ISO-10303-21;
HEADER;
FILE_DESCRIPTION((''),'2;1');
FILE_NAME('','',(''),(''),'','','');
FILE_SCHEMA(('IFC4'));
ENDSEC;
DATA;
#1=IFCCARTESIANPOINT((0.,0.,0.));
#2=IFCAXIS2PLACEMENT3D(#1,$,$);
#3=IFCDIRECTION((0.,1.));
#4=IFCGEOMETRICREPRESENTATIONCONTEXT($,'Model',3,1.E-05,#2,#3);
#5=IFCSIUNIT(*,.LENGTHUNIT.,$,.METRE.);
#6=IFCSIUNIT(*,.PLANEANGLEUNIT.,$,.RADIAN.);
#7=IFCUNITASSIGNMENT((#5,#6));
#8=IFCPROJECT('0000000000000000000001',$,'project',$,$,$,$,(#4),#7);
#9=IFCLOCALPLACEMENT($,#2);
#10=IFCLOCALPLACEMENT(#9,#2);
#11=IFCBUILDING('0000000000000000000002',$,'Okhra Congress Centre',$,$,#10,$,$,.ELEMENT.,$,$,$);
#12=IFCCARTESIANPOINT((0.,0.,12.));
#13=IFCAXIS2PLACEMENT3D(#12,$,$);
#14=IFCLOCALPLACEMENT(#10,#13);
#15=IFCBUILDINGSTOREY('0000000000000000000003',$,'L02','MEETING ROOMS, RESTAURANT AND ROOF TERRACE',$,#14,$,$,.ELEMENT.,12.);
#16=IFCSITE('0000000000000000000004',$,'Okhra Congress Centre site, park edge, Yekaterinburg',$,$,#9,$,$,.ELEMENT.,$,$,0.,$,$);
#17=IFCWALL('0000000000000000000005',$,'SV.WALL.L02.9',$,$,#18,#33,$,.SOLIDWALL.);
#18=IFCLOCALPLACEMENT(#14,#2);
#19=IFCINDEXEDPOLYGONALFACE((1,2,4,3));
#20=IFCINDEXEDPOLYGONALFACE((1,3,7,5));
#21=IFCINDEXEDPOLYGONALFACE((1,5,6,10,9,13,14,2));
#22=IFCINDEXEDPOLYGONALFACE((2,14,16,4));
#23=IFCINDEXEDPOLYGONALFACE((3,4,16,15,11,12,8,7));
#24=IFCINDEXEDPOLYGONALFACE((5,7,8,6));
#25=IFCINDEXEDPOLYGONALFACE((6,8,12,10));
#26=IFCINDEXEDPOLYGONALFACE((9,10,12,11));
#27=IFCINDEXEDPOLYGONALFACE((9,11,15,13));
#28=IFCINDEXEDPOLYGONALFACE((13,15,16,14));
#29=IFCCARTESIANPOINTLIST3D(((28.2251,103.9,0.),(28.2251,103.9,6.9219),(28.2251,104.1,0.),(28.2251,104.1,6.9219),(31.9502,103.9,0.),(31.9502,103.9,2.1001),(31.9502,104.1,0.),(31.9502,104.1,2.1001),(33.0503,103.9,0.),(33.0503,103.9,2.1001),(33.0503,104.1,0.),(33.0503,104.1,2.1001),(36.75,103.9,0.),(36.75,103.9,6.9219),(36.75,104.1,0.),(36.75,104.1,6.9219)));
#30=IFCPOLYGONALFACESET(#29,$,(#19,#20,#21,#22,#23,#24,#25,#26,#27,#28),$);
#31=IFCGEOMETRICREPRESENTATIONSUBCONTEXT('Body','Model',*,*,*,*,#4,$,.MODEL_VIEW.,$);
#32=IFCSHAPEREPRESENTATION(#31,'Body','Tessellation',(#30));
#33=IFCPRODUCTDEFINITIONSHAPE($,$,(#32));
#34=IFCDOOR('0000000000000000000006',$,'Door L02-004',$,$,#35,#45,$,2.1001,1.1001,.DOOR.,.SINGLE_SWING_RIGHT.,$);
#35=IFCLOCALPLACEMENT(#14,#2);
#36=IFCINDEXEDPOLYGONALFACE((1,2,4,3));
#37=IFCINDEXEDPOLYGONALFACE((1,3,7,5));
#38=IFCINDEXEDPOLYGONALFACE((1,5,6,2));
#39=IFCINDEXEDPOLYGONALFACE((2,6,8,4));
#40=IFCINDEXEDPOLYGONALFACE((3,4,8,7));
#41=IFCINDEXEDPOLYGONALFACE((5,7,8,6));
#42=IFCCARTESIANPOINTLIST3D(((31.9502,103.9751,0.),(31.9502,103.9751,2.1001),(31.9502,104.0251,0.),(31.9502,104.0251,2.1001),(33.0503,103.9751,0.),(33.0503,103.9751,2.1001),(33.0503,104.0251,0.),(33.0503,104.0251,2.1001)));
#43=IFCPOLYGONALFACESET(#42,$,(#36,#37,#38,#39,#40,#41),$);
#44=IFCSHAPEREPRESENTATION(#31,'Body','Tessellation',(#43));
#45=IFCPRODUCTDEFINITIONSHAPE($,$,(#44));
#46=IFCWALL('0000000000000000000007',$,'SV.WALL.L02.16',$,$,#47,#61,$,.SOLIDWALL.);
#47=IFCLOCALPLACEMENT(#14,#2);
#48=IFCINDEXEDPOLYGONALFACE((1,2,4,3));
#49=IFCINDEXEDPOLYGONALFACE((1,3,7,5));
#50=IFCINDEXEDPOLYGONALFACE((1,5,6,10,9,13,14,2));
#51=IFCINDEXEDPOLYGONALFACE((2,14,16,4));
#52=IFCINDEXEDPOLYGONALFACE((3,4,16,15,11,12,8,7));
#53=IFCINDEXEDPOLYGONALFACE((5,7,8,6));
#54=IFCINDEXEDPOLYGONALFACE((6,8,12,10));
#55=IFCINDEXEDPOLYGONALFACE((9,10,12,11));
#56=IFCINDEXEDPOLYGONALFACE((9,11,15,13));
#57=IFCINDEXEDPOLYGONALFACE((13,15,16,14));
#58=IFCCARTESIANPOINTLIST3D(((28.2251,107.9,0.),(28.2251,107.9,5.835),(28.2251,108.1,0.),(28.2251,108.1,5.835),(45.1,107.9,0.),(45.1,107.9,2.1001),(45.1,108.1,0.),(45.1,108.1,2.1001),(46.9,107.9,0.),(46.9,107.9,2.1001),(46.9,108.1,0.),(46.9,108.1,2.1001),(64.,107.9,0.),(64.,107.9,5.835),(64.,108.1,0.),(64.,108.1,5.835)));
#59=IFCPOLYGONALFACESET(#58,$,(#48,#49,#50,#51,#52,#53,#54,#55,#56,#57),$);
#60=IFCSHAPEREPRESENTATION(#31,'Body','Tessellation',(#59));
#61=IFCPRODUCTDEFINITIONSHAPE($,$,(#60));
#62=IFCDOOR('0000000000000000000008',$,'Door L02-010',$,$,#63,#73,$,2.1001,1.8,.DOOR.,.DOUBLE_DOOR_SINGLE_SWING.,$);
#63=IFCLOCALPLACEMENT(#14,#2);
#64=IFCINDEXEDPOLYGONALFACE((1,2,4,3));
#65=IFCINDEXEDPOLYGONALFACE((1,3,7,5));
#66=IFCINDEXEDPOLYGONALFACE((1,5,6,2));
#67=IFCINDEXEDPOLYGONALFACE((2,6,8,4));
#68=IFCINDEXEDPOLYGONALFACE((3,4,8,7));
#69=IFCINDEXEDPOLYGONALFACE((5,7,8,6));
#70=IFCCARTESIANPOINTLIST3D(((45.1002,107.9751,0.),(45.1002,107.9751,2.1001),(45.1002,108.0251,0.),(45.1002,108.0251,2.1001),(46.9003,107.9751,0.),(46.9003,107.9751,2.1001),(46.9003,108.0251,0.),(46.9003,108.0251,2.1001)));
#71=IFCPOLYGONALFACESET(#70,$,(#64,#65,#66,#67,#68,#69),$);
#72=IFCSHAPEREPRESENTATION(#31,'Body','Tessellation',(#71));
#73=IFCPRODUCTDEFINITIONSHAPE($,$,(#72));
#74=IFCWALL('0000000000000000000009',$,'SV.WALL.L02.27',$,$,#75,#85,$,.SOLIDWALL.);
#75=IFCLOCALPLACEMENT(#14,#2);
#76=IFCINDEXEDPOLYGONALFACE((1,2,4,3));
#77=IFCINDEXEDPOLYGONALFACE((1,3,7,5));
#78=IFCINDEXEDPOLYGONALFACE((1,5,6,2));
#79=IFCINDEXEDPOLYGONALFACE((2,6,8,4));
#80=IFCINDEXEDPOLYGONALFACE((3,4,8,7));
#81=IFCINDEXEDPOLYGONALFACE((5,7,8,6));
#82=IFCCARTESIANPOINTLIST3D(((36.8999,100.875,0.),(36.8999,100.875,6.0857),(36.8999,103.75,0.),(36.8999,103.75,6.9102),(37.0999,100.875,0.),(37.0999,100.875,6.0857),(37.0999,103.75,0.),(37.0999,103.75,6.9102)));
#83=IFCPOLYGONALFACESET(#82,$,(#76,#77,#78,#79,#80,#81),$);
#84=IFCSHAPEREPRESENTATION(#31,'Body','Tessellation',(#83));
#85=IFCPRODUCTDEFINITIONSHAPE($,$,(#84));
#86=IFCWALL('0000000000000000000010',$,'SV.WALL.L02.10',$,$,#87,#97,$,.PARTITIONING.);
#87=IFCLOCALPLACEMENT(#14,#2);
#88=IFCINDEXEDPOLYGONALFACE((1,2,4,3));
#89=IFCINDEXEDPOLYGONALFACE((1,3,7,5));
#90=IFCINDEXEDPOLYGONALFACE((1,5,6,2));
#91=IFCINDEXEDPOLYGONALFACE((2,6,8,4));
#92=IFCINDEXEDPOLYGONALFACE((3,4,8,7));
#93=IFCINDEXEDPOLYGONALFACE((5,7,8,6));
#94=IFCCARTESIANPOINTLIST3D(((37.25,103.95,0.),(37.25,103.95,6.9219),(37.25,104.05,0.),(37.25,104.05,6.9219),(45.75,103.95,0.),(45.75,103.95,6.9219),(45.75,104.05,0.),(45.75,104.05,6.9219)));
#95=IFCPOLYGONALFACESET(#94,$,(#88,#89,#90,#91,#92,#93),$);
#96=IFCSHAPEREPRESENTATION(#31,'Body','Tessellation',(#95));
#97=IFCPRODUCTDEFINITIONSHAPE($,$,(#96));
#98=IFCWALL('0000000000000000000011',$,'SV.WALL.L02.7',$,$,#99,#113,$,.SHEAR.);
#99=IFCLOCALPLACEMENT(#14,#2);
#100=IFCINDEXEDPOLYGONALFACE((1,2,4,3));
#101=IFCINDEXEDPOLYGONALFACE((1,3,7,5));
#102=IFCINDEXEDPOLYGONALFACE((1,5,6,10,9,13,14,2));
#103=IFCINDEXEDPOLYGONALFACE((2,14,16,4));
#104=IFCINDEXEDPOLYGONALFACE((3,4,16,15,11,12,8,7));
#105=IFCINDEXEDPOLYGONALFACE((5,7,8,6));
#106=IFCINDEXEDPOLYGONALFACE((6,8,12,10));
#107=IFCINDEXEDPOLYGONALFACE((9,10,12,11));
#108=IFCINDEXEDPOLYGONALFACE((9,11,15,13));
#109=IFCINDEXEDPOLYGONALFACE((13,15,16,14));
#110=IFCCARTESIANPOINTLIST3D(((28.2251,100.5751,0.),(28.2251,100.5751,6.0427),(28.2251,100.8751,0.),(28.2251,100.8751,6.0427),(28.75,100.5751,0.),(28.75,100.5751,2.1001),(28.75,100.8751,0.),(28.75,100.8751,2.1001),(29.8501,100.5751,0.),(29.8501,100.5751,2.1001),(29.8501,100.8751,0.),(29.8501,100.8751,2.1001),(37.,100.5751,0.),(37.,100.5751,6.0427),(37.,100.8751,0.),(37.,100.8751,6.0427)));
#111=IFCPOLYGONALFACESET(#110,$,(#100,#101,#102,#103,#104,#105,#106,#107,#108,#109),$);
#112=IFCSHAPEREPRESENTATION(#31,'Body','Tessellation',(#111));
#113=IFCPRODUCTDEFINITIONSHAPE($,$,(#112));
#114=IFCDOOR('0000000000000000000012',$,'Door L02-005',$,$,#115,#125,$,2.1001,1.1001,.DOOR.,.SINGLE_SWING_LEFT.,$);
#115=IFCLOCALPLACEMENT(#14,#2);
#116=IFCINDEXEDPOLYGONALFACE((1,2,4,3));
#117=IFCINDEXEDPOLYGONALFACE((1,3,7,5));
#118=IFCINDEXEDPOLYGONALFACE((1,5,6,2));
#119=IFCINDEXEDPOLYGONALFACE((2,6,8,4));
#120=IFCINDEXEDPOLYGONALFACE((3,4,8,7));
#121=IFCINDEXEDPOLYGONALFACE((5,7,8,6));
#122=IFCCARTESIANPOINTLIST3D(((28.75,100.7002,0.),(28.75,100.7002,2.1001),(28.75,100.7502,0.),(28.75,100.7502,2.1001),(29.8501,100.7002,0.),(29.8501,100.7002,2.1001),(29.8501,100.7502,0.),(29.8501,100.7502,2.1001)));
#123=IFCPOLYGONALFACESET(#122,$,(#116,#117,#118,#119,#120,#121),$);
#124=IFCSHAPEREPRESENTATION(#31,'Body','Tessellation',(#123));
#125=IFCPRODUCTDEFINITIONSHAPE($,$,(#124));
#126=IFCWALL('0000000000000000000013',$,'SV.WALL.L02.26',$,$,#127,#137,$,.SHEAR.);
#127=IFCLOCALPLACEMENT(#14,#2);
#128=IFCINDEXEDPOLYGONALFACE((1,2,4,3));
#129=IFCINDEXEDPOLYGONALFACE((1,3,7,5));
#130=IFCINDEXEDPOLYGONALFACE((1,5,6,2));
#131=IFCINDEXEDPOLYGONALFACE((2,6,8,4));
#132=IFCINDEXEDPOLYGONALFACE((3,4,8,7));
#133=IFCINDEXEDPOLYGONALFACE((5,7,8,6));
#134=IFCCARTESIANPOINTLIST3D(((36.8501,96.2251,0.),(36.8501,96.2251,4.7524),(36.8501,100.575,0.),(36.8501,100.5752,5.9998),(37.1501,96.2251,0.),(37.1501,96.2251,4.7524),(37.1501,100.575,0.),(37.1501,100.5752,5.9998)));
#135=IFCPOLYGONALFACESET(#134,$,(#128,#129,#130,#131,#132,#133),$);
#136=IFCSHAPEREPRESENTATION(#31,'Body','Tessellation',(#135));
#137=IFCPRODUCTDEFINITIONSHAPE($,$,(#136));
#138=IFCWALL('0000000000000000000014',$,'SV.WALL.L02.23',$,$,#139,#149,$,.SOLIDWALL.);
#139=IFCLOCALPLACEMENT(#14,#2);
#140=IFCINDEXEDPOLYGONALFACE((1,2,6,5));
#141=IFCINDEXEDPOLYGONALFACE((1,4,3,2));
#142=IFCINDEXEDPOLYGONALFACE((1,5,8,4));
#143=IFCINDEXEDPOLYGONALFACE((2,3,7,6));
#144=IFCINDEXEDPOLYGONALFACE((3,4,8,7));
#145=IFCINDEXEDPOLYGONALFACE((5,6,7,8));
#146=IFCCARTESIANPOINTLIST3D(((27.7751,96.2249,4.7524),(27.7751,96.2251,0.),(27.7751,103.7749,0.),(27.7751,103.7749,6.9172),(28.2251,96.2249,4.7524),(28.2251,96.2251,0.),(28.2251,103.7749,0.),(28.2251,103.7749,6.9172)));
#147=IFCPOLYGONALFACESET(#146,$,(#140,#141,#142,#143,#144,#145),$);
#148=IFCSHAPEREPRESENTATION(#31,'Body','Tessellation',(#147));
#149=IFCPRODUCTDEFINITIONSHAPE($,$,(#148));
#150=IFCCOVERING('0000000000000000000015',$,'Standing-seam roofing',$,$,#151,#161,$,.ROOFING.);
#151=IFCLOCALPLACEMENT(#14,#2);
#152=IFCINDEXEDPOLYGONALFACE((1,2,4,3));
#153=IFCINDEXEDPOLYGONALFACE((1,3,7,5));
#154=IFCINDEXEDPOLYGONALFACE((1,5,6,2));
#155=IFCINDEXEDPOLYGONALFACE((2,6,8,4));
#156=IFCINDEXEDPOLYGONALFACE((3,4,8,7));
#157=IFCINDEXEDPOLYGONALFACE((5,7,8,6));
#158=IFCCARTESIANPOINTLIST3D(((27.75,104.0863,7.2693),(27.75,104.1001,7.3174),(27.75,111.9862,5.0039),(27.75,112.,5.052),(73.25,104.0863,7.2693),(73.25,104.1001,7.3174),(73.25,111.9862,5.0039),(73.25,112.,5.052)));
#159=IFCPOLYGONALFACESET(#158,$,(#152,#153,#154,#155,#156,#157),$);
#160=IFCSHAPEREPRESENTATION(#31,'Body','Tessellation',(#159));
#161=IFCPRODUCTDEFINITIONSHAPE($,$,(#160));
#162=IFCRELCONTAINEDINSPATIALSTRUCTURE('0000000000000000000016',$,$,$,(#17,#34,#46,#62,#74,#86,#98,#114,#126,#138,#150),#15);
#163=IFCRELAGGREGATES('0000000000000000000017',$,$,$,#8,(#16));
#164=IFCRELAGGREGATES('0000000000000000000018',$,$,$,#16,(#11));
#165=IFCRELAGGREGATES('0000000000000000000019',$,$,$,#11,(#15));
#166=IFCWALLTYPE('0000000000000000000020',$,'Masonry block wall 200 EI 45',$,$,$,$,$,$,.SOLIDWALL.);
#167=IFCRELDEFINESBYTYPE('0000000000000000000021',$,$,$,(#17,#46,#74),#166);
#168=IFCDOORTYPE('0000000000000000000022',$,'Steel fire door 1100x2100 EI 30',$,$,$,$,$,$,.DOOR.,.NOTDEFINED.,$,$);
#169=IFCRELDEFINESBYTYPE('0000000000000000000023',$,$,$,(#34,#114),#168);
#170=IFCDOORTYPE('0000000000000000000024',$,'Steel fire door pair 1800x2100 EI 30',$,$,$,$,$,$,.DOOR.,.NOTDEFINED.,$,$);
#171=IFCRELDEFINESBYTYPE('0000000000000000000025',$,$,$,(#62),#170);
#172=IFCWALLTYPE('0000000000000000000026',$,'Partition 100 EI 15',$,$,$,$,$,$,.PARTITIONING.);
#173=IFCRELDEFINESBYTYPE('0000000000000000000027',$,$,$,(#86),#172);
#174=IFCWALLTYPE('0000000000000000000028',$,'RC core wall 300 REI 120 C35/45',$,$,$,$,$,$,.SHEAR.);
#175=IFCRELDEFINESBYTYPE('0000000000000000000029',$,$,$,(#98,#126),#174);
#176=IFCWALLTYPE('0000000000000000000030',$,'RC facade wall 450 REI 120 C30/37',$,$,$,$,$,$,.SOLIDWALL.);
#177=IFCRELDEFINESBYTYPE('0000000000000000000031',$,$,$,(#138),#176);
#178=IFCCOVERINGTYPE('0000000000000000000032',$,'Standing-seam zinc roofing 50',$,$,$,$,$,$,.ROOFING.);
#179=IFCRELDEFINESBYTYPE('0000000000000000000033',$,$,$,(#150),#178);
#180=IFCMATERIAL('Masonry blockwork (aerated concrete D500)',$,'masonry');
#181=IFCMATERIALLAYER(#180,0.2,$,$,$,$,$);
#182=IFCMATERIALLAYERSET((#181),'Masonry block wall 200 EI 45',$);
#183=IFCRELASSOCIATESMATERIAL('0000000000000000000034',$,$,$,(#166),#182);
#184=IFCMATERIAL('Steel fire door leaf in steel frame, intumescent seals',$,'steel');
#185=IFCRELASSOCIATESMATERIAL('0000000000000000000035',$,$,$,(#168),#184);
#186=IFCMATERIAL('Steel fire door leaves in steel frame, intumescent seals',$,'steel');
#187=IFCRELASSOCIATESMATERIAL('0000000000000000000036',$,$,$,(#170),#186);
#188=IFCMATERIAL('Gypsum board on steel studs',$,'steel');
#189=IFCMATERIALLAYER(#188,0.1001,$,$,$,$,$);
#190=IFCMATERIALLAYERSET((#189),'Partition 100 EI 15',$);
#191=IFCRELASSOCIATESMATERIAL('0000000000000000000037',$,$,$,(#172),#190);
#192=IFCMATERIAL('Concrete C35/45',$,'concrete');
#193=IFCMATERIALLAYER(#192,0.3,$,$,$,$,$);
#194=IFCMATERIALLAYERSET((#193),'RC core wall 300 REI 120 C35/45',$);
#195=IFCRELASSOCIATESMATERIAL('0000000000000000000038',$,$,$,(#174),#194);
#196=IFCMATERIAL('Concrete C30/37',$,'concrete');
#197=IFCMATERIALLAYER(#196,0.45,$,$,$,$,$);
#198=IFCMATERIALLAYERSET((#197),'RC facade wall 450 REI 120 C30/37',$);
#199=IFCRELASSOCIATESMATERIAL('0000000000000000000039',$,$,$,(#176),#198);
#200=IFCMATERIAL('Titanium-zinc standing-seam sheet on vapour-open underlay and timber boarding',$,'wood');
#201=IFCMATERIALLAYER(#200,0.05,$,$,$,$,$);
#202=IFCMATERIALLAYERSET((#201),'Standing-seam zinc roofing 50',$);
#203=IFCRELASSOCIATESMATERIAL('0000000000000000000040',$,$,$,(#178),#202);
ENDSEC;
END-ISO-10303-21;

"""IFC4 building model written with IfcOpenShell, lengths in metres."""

from ifc_helpers import new_model, si_unit, direction, frame, frame_2d, origin, place, context, subcontext, project, spatial, polyline, rectangle, outline, extrude, material, layer, layer_set, type_object, element, fill, save


model = new_model("IFC4")

# Units and contexts
model_context = context("Model", 3, precision=1e-05, world=origin(), true_north=direction((0.0, 1.0)))
body_context = subcontext(model_context, "Body", "Model", "MODEL_VIEW")
ifc_project = project(units=[si_unit("LENGTHUNIT", "METRE"), si_unit("PLANEANGLEUNIT", "RADIAN")], contexts=[model_context])

# Site, building, storey
site_placement = place(None, origin())
site = spatial("IfcSite", under=ifc_project, at=site_placement, Name="Okhra Congress Centre site, park edge, Yekaterinburg", CompositionType="ELEMENT", RefElevation=0.0)
building_placement = place(site_placement, origin())
building = spatial("IfcBuilding", under=site, at=building_placement, Name="Okhra Congress Centre", CompositionType="ELEMENT")
storey_placement = place(building_placement, frame((0.0, 0.0, 12.0)))
storey = spatial("IfcBuildingStorey", under=building, at=storey_placement, Name="L02", Description="MEETING ROOMS, RESTAURANT AND ROOF TERRACE", CompositionType="ELEMENT", Elevation=12.0)

# Shared definitions
ifc_material_1 = material(Name="Concrete C35/45", Category="concrete")

# Shared definitions
ifc_material_2 = material(Name="Concrete C30/37", Category="concrete")

# Walls, openings, doors
ifc_material_3 = material(Name="Masonry blockwork (aerated concrete D500)", Category="masonry")
ifc_layer_1 = layer(ifc_material_3, 0.2)
ifc_layer_set_1 = layer_set([ifc_layer_1], Name="Masonry block wall 200 EI 45")
wall_type_1 = type_object("IfcWallType", Name="Masonry block wall 200 EI 45", PredefinedType="SOLIDWALL", material=ifc_layer_set_1)
wall_1_placement = place(storey_placement, frame((28.2251, 104.0, 0.0), z_axis=(0.0, 0.0, 1.0), x_axis=(1.0, 0.0, 0.0)))
wall_1 = element("IfcWall", 1, at=wall_1_placement, inside=storey, type_object=wall_type_1, Name="SV.WALL.L02.9", PredefinedType="SOLIDWALL", context=body_context, shape_type="SweptSolid", body=[
    extrude(rectangle(XDim=8.5249, YDim=0.2, at=frame_2d((4.2625, 0.0))), origin(), (0.0, 0.0, 1.0), 6.9219),
])
opening_1_placement = place(wall_1_placement, frame((3.7251, 0.0, 0.0)))
opening_1 = element("IfcOpeningElement", 2, at=opening_1_placement, cuts=wall_1, PredefinedType="OPENING", context=body_context, shape_type="SweptSolid", body=[
    extrude(rectangle(XDim=1.1001, YDim=2.1001, at=frame_2d((0.55, 1.05))), frame((0.0, 0.1099, 0.0), z_axis=(0.0, -1.0, 0.0), x_axis=(1.0, 0.0, 0.0)), (0.0, 0.0, 1.0), 0.22),
])
ifc_material_4 = material(Name="Steel fire door leaf in steel frame, intumescent seals", Category="steel")
door_type_1 = type_object("IfcDoorType", Name="Steel fire door 1100x2100 EI 30", OperationType="NOTDEFINED", PredefinedType="DOOR", material=ifc_material_4)
door_1_placement = place(opening_1_placement, frame((1.1001, 0.0, 0.0), z_axis=(0.0, 0.0, 1.0), x_axis=(-1.0, 0.0, 0.0)))
door_1 = element("IfcDoor", 3, at=door_1_placement, inside=storey, type_object=door_type_1, Name="Door L02-004", OperationType="SINGLE_SWING_RIGHT", OverallHeight=2.1001, OverallWidth=1.1001, PredefinedType="DOOR", context=body_context, shape_type="SweptSolid", body=[
    extrude(rectangle(XDim=1.1001, YDim=2.1001, at=frame_2d((0.55, 1.05))), frame((0.0, 0.0249, 0.0), z_axis=(0.0, -1.0, 0.0), x_axis=(1.0, 0.0, 0.0)), (0.0, 0.0, 1.0), 0.05),
])
fill(opening_1, door_1)
wall_2_placement = place(storey_placement, frame((28.2251, 108.0, 0.0), z_axis=(0.0, 0.0, 1.0), x_axis=(1.0, 0.0, 0.0)))
wall_2 = element("IfcWall", 4, at=wall_2_placement, inside=storey, type_object=wall_type_1, Name="SV.WALL.L02.16", PredefinedType="SOLIDWALL", context=body_context, shape_type="SweptSolid", body=[
    extrude(rectangle(XDim=35.7749, YDim=0.2, at=frame_2d((17.8875, 0.0))), origin(), (0.0, 0.0, 1.0), 5.835),
])
opening_2_placement = place(wall_2_placement, frame((16.875, 0.0, 0.0)))
opening_2 = element("IfcOpeningElement", 5, at=opening_2_placement, cuts=wall_2, PredefinedType="OPENING", context=body_context, shape_type="SweptSolid", body=[
    extrude(rectangle(XDim=1.8, YDim=2.1001, at=frame_2d((0.8999, 1.05))), frame((0.0, 0.1099, 0.0), z_axis=(0.0, -1.0, 0.0), x_axis=(1.0, 0.0, 0.0)), (0.0, 0.0, 1.0), 0.22),
])
ifc_material_5 = material(Name="Steel fire door leaves in steel frame, intumescent seals", Category="steel")
door_type_2 = type_object("IfcDoorType", Name="Steel fire door pair 1800x2100 EI 30", OperationType="NOTDEFINED", PredefinedType="DOOR", material=ifc_material_5)
door_2_placement = place(opening_2_placement, frame((1.8, 0.0, 0.0), z_axis=(0.0, 0.0, 1.0), x_axis=(-1.0, 0.0, 0.0)))
door_2 = element("IfcDoor", 6, at=door_2_placement, inside=storey, type_object=door_type_2, Name="Door L02-010", OperationType="DOUBLE_DOOR_SINGLE_SWING", OverallHeight=2.1001, OverallWidth=1.8, PredefinedType="DOOR", context=body_context, shape_type="SweptSolid", body=[
    extrude(rectangle(XDim=1.8, YDim=2.1001, at=frame_2d((0.8999, 1.05))), frame((0.0, 0.0249, 0.0), z_axis=(0.0, -1.0, 0.0), x_axis=(1.0, 0.0, 0.0)), (0.0, 0.0, 1.0), 0.05),
])
fill(opening_2, door_2)

# Walls
wall_3_placement = place(storey_placement, frame((37.0, 100.875, 0.0), z_axis=(0.0, 0.0, 1.0), x_axis=(0.0, 1.0, 0.0)))
element("IfcWall", 7, at=wall_3_placement, inside=storey, type_object=wall_type_1, Name="SV.WALL.L02.27", PredefinedType="SOLIDWALL", context=body_context, shape_type="SweptSolid", body=[
    extrude(outline(polyline([(0.0, 0.0), (2.875, 0.0), (2.875, 6.9102), (0.0, 6.0857), (0.0, 0.0)])), frame((0.0, 0.1001, 0.0), z_axis=(0.0, -1.0, 0.0), x_axis=(1.0, 0.0, 0.0)), (0.0, 0.0, 1.0), 0.2),
])
ifc_material_6 = material(Name="Gypsum board on steel studs", Category="steel")
ifc_layer_2 = layer(ifc_material_6, 0.1001)
ifc_layer_set_2 = layer_set([ifc_layer_2], Name="Partition 100 EI 15")
wall_type_2 = type_object("IfcWallType", Name="Partition 100 EI 15", PredefinedType="PARTITIONING", material=ifc_layer_set_2)
wall_4_placement = place(storey_placement, frame((37.25, 104.0, 0.0), z_axis=(0.0, 0.0, 1.0), x_axis=(1.0, 0.0, 0.0)))
element("IfcWall", 8, at=wall_4_placement, inside=storey, type_object=wall_type_2, Name="SV.WALL.L02.10", PredefinedType="PARTITIONING", context=body_context, shape_type="SweptSolid", body=[
    extrude(rectangle(XDim=8.5, YDim=0.1001, at=frame_2d((4.25, 0.0))), origin(), (0.0, 0.0, 1.0), 6.9219),
])

# Wall, opening, door
ifc_layer_3 = layer(ifc_material_1, 0.3)
ifc_layer_set_3 = layer_set([ifc_layer_3], Name="RC core wall 300 REI 120 C35/45")
wall_type_3 = type_object("IfcWallType", Name="RC core wall 300 REI 120 C35/45", PredefinedType="SHEAR", material=ifc_layer_set_3)
wall_5_placement = place(storey_placement, frame((28.2251, 100.7251, 0.0), z_axis=(0.0, 0.0, 1.0), x_axis=(1.0, 0.0, 0.0)))
wall_5 = element("IfcWall", 9, at=wall_5_placement, inside=storey, type_object=wall_type_3, Name="SV.WALL.L02.7", PredefinedType="SHEAR", context=body_context, shape_type="SweptSolid", body=[
    extrude(rectangle(XDim=8.7749, YDim=0.3, at=frame_2d((4.3875, 0.0))), origin(), (0.0, 0.0, 1.0), 6.0427),
])
opening_3_placement = place(wall_5_placement, frame((0.5249, 0.0, 0.0)))
opening_3 = element("IfcOpeningElement", 10, at=opening_3_placement, cuts=wall_5, PredefinedType="OPENING", context=body_context, shape_type="SweptSolid", body=[
    extrude(rectangle(XDim=1.1001, YDim=2.1001, at=frame_2d((0.55, 1.05))), frame((0.0, 0.1599, 0.0), z_axis=(0.0, -1.0, 0.0), x_axis=(1.0, 0.0, 0.0)), (0.0, 0.0, 1.0), 0.3201),
])
door_3_placement = place(opening_3_placement, frame((1.1001, 0.0, 0.0), z_axis=(0.0, 0.0, 1.0), x_axis=(-1.0, 0.0, 0.0)))
door_3 = element("IfcDoor", 11, at=door_3_placement, inside=storey, type_object=door_type_1, Name="Door L02-005", OperationType="SINGLE_SWING_LEFT", OverallHeight=2.1001, OverallWidth=1.1001, PredefinedType="DOOR", context=body_context, shape_type="SweptSolid", body=[
    extrude(rectangle(XDim=1.1001, YDim=2.1001, at=frame_2d((0.55, 1.05))), frame((0.0, 0.0249, 0.0), z_axis=(0.0, -1.0, 0.0), x_axis=(1.0, 0.0, 0.0)), (0.0, 0.0, 1.0), 0.05),
])
fill(opening_3, door_3)

# Walls
wall_6_placement = place(storey_placement, frame((37.0, 96.2251, 0.0), z_axis=(0.0, 0.0, 1.0), x_axis=(0.0, 1.0, 0.0)))
element("IfcWall", 12, at=wall_6_placement, inside=storey, type_object=wall_type_3, Name="SV.WALL.L02.26", PredefinedType="SHEAR", context=body_context, shape_type="SweptSolid", body=[
    extrude(outline(polyline([(0.0, 0.0), (4.3499, 0.0), (4.3501, 5.9998), (0.0, 4.7524), (0.0, 0.0)])), frame((0.0, 0.1499, 0.0), z_axis=(0.0, -1.0, 0.0), x_axis=(1.0, 0.0, 0.0)), (0.0, 0.0, 1.0), 0.3),
])
ifc_layer_4 = layer(ifc_material_2, 0.45)
ifc_layer_set_4 = layer_set([ifc_layer_4], Name="RC facade wall 450 REI 120 C30/37")
wall_type_4 = type_object("IfcWallType", Name="RC facade wall 450 REI 120 C30/37", PredefinedType="SOLIDWALL", material=ifc_layer_set_4)
wall_7_placement = place(storey_placement, frame((28.0, 103.7749, 0.0), z_axis=(0.0, 0.0, 1.0), x_axis=(0.0, -1.0, 0.0)))
element("IfcWall", 13, at=wall_7_placement, inside=storey, type_object=wall_type_4, Name="SV.WALL.L02.23", PredefinedType="SOLIDWALL", context=body_context, shape_type="SweptSolid", body=[
    extrude(outline(polyline([(0.0, 0.0), (7.5498, 0.0), (7.55, 4.7524), (0.0, 6.9172), (0.0, 0.0)])), frame((0.0, 0.2251, 0.0), z_axis=(0.0, -1.0, 0.0), x_axis=(1.0, 0.0, 0.0)), (0.0, 0.0, 1.0), 0.45),
])

# Covering
ifc_material_7 = material(Name="Titanium-zinc standing-seam sheet on vapour-open underlay and timber boarding", Category="wood")
ifc_layer_5 = layer(ifc_material_7, 0.05)
ifc_layer_set_5 = layer_set([ifc_layer_5], Name="Standing-seam zinc roofing 50")
covering_type = type_object("IfcCoveringType", Name="Standing-seam zinc roofing 50", PredefinedType="ROOFING", material=ifc_layer_set_5)
covering_1_placement = place(storey_placement, frame((27.75, 104.1001, 7.3174), z_axis=(0.0, 0.275651, 0.961258), x_axis=(1.0, 0.0, 0.0)))
element("IfcCovering", 14, at=covering_1_placement, inside=storey, type_object=covering_type, Name="Standing-seam roofing", PredefinedType="ROOFING", context=body_context, shape_type="SweptSolid", body=[
    extrude(outline(polyline([(0.0, 0.0), (45.5, 0.0), (45.5, 8.2183), (0.0, 8.2183), (0.0, 0.0)])), origin(), (0.0, 0.0, -1.0), 0.05),
])

save(model, "model.ifc")
